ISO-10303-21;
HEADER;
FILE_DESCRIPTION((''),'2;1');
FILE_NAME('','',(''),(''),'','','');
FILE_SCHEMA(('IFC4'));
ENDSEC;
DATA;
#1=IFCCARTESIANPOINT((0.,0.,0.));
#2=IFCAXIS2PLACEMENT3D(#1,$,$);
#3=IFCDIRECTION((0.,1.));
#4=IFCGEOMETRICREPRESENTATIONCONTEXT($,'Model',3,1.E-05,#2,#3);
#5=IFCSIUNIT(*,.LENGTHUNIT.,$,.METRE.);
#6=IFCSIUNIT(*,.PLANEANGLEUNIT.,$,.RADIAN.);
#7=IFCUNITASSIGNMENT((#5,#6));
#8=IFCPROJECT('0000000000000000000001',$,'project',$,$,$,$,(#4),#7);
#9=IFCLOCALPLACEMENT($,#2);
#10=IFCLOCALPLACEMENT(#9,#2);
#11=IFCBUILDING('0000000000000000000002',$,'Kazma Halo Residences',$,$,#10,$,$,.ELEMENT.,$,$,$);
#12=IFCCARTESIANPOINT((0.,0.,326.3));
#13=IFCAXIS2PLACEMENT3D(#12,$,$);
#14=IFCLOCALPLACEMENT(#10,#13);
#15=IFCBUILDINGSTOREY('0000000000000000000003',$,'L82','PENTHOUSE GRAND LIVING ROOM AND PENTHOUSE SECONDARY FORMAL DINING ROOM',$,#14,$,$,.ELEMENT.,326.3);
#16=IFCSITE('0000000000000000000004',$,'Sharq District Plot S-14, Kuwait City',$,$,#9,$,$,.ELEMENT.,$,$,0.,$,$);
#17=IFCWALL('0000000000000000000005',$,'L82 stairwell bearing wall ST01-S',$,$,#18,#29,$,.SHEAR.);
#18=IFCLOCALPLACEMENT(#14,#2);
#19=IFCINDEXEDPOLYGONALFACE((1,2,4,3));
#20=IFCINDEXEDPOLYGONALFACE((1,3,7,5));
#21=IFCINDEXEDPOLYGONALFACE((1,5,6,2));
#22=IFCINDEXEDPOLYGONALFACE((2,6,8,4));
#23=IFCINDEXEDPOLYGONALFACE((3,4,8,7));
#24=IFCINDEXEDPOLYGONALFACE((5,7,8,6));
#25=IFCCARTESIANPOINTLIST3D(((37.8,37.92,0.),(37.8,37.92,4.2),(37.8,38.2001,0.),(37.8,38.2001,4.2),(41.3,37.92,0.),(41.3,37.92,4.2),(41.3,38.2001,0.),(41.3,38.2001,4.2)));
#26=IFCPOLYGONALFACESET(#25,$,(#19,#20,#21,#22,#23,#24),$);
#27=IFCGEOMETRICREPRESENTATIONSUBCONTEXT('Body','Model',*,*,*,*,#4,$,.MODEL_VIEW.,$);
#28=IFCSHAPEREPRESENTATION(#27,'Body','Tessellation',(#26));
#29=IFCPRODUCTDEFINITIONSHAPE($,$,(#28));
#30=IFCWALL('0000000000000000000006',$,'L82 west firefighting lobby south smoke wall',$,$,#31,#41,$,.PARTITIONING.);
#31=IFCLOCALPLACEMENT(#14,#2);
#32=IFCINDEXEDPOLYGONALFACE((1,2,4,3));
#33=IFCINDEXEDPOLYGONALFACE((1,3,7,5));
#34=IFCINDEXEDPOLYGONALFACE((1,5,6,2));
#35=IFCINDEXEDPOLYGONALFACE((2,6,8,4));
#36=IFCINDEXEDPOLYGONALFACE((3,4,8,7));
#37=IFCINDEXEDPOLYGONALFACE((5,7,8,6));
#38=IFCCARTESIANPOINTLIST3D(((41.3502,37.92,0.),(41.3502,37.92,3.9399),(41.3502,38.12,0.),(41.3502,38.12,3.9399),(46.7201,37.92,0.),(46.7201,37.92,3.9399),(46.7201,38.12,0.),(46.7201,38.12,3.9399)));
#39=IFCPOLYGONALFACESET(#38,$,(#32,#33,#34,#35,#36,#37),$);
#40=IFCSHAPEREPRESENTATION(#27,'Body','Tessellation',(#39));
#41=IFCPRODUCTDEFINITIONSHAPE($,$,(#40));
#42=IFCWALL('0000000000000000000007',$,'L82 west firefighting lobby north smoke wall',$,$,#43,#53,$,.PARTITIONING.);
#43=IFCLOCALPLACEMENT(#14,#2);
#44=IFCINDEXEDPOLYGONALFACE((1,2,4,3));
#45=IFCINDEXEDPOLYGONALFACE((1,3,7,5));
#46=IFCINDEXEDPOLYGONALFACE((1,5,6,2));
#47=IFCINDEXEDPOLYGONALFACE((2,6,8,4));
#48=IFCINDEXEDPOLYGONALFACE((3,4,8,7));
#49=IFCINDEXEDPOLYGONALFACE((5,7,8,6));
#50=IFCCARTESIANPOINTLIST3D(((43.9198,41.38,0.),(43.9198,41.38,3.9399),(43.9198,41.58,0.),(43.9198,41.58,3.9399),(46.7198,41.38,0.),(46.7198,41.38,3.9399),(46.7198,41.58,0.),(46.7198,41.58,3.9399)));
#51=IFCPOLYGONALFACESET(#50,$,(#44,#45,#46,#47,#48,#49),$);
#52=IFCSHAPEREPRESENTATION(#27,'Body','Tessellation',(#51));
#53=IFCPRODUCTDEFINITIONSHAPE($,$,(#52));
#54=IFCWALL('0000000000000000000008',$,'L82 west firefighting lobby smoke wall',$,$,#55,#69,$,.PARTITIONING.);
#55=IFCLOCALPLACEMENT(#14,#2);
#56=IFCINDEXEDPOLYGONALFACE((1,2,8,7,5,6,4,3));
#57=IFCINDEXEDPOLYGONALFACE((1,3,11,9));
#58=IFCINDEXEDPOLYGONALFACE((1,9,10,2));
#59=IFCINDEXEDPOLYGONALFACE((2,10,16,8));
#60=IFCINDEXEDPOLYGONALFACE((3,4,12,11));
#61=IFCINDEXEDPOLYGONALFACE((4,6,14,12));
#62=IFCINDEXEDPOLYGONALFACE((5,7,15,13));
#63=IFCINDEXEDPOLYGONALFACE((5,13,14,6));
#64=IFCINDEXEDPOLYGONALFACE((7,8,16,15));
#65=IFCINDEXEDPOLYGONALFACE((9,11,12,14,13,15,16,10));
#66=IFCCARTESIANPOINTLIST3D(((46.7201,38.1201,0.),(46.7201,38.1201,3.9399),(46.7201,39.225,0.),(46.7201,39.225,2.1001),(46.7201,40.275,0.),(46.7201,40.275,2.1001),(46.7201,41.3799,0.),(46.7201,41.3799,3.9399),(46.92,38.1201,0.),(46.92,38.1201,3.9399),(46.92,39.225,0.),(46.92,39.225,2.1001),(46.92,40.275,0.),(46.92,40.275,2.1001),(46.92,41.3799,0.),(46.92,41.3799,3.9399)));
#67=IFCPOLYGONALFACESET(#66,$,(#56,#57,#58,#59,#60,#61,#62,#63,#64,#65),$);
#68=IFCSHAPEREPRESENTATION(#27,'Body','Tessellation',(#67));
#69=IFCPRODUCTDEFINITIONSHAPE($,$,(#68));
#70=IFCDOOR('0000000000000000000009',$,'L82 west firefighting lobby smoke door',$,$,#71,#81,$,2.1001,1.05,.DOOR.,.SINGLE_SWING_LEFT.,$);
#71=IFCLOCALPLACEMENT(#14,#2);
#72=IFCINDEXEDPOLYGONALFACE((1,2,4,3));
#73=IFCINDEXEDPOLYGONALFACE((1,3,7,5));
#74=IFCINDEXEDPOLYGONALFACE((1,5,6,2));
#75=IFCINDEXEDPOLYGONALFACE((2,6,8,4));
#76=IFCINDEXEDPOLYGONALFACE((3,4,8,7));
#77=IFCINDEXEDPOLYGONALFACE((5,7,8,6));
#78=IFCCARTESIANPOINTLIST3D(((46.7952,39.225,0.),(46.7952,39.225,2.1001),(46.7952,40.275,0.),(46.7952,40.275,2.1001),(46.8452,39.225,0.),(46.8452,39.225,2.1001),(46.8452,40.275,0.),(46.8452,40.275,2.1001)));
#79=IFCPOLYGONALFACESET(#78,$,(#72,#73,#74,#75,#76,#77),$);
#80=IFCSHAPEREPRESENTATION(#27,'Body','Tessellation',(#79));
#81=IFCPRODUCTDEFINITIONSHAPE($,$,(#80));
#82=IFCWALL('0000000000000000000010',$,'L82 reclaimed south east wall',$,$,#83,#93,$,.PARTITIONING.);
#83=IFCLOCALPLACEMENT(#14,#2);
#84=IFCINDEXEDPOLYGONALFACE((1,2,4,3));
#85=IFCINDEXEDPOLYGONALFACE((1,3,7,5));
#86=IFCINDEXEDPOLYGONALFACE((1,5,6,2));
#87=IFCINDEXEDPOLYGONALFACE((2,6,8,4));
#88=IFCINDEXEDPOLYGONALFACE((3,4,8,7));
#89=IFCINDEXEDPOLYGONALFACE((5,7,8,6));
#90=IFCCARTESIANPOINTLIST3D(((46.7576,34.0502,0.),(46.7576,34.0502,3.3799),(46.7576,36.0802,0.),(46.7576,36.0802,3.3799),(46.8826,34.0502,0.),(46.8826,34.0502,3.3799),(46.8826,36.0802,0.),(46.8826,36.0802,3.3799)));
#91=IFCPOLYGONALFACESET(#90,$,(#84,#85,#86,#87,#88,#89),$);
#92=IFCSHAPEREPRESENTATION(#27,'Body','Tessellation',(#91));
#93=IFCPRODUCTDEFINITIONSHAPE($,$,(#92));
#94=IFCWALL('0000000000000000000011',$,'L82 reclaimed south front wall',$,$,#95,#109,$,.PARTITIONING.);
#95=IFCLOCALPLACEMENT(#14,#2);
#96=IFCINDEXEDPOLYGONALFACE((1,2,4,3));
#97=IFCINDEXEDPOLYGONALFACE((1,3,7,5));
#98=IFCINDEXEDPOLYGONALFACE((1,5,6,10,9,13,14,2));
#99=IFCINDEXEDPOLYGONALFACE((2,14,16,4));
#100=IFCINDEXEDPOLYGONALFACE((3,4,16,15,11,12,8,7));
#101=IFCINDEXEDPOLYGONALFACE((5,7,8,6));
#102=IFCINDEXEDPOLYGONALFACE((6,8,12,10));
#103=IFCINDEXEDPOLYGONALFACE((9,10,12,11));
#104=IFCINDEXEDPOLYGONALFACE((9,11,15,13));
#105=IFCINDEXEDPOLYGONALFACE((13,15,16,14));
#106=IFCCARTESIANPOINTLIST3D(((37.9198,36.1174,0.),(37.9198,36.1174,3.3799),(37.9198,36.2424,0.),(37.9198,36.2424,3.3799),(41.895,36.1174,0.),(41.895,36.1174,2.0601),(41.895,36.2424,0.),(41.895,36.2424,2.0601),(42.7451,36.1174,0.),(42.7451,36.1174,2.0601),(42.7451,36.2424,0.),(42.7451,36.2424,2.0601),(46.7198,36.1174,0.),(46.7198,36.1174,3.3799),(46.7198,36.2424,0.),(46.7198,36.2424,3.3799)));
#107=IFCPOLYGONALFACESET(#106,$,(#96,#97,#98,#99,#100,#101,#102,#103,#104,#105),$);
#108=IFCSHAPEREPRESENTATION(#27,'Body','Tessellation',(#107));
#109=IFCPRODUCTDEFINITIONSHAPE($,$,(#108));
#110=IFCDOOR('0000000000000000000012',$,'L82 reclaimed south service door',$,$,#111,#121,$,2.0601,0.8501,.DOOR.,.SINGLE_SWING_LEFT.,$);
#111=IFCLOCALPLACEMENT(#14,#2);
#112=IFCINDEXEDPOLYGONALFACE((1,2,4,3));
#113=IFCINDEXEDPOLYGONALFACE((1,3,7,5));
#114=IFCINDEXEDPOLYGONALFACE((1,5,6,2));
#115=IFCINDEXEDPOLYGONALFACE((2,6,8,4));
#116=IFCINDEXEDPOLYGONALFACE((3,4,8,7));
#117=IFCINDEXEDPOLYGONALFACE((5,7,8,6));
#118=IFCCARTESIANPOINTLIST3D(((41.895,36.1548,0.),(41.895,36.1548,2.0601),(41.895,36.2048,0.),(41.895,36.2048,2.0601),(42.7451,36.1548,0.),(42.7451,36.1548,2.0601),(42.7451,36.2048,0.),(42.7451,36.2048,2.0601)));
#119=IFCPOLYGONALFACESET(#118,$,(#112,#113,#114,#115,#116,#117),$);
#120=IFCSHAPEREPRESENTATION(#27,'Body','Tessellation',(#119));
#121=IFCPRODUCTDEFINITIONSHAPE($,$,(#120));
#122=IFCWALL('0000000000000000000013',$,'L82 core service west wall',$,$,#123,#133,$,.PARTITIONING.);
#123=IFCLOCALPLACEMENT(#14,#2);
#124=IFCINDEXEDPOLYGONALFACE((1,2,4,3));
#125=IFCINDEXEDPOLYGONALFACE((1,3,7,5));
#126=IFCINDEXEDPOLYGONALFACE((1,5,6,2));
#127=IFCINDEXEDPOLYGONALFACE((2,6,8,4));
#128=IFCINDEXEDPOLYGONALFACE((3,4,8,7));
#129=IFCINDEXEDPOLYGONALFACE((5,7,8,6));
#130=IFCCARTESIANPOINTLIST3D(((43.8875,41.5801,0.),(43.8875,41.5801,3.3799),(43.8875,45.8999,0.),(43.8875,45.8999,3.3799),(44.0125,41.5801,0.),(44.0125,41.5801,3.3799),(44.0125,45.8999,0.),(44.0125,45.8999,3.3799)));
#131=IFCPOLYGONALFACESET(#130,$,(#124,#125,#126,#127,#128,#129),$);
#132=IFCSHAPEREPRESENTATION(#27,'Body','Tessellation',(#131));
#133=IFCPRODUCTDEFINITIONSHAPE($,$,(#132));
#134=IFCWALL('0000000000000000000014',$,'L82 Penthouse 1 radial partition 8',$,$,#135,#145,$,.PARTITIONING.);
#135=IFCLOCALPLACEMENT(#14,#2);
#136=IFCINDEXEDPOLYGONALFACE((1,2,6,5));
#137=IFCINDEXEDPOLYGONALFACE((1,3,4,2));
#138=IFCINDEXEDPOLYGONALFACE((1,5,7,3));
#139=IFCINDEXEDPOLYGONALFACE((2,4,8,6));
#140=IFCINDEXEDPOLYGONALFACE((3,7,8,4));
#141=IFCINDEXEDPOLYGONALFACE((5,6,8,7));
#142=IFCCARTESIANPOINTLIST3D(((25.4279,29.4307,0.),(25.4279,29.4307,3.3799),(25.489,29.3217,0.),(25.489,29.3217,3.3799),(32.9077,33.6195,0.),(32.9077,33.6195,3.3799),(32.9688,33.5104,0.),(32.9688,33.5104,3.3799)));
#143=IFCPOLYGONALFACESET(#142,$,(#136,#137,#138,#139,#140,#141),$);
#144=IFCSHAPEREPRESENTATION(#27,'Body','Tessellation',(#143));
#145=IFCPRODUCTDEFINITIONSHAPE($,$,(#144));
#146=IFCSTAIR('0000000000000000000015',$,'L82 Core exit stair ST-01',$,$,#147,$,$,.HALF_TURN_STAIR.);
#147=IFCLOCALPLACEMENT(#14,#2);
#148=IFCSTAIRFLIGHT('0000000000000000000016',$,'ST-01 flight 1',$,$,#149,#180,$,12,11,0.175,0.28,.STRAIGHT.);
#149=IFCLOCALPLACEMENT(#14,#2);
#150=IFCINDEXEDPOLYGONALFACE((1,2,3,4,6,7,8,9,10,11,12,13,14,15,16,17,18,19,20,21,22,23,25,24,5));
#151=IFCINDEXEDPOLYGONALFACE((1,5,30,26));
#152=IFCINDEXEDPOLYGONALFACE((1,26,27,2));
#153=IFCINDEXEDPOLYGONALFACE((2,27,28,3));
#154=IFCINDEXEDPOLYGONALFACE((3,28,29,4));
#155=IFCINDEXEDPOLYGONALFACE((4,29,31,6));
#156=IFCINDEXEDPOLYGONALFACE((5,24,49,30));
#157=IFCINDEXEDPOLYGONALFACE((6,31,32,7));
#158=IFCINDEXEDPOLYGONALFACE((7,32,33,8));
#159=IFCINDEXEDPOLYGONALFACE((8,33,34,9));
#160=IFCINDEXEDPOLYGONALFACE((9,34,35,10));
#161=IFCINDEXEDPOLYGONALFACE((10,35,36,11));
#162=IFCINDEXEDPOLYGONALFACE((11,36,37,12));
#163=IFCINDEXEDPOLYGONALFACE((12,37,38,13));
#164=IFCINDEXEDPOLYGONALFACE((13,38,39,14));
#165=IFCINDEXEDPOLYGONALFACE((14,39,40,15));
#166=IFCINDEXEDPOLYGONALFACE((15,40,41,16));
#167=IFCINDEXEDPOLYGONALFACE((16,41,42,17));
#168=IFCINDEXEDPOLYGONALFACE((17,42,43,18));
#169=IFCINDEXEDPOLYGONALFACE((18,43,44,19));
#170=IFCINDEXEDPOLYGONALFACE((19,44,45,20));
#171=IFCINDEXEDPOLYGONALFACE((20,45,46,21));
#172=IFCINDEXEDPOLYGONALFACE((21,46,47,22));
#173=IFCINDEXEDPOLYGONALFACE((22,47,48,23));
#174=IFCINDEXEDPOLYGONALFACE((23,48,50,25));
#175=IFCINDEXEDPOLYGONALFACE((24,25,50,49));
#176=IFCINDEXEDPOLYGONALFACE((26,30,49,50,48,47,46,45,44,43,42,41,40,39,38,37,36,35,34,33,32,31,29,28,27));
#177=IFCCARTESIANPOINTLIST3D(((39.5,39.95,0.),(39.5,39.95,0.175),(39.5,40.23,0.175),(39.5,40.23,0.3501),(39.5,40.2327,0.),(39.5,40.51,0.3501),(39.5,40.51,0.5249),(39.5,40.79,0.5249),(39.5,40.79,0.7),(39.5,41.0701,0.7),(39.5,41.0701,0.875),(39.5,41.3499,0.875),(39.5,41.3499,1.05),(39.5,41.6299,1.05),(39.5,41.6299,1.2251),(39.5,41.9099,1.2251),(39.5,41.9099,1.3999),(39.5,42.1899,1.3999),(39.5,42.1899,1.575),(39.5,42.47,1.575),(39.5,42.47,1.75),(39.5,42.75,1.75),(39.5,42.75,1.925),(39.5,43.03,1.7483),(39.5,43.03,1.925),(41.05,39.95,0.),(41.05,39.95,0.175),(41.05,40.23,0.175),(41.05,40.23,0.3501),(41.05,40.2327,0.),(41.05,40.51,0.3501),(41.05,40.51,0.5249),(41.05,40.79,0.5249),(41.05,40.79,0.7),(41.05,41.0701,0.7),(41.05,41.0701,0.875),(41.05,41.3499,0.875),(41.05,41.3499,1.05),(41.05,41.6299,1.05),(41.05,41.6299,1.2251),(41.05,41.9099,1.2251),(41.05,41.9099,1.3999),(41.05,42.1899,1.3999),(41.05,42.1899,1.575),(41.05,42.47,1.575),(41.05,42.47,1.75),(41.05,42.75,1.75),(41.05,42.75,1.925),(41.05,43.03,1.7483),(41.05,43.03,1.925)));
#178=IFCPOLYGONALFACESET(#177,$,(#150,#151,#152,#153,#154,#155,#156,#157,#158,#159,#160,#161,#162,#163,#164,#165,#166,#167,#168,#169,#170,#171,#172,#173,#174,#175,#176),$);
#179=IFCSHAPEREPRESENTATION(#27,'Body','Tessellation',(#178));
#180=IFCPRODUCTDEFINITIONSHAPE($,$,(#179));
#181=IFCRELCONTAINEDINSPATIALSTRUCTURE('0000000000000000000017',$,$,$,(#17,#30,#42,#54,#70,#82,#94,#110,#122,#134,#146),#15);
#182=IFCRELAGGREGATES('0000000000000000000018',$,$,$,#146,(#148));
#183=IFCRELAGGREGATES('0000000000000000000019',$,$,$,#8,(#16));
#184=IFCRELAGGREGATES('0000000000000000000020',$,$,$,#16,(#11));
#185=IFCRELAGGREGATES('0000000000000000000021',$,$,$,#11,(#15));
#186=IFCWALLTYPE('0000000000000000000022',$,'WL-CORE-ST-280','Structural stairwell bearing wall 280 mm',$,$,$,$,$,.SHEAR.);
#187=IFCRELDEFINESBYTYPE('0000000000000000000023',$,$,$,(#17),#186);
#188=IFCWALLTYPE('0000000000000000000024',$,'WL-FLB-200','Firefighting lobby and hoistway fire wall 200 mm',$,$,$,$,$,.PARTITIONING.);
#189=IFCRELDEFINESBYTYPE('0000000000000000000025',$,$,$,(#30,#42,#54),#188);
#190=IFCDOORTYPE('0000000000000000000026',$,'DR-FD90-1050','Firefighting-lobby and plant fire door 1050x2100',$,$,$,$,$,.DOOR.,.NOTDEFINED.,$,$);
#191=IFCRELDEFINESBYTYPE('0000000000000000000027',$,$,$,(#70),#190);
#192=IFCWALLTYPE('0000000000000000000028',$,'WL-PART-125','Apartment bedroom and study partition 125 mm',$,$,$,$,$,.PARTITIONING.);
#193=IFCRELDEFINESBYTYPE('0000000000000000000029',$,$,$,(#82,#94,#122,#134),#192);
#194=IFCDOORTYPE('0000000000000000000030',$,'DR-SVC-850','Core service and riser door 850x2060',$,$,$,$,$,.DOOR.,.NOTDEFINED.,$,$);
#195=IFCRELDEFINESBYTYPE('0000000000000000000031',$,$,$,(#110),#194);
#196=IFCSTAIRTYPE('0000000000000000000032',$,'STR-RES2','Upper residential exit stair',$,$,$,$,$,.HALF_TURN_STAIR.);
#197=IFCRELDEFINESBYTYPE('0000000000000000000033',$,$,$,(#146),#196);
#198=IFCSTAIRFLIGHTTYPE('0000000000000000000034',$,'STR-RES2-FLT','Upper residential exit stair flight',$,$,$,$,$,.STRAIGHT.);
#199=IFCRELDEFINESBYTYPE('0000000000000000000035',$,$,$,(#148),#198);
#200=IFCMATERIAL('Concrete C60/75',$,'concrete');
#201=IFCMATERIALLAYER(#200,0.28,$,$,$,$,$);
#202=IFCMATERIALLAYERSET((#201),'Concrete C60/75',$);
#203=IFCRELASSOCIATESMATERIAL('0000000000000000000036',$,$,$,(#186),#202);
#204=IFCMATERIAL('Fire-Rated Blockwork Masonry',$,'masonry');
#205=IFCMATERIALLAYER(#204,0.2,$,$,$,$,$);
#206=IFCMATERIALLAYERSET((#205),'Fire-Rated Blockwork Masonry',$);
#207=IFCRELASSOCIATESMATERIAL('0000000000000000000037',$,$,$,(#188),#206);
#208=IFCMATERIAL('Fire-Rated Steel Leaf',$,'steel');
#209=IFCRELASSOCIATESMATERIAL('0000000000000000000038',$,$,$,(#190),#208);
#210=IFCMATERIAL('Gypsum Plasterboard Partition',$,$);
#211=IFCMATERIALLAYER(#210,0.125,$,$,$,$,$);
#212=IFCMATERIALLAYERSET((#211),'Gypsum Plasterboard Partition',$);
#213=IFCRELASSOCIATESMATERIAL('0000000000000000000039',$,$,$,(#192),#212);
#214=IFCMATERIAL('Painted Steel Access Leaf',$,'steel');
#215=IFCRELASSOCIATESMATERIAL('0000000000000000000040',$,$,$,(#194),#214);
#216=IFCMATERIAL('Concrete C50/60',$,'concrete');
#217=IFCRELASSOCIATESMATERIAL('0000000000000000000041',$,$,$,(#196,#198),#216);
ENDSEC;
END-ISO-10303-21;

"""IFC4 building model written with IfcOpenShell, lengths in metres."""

from ifc_helpers import new_model, si_unit, direction, frame, frame_2d, origin, place, context, subcontext, project, spatial, polyline, rectangle, outline, extrude, material, layer, layer_set, type_object, element, fill, aggregate, save


model = new_model("IFC4")

# Units and contexts
model_context = context("Model", 3, precision=1e-05, world=origin(), true_north=direction((0.0, 1.0)))
body_context = subcontext(model_context, "Body", "Model", "MODEL_VIEW")
ifc_project = project(units=[si_unit("LENGTHUNIT", "METRE"), si_unit("PLANEANGLEUNIT", "RADIAN")], contexts=[model_context])

# Site, building, storey
site_placement = place(None, origin())
site = spatial("IfcSite", under=ifc_project, at=site_placement, Name="Sharq District Plot S-14, Kuwait City", CompositionType="ELEMENT", RefElevation=0.0)
building_placement = place(site_placement, origin())
building = spatial("IfcBuilding", under=site, at=building_placement, Name="Kazma Halo Residences", CompositionType="ELEMENT")
storey_placement = place(building_placement, frame((0.0, 0.0, 326.3)))
storey = spatial("IfcBuildingStorey", under=building, at=storey_placement, Name="L82", Description="PENTHOUSE GRAND LIVING ROOM AND PENTHOUSE SECONDARY FORMAL DINING ROOM", CompositionType="ELEMENT", Elevation=326.3)

# Walls
ifc_material_1 = material(Name="Concrete C60/75", Category="concrete")
ifc_layer_1 = layer(ifc_material_1, 0.28)
ifc_layer_set_1 = layer_set([ifc_layer_1], Name="Concrete C60/75")
wall_type_1 = type_object("IfcWallType", Name="WL-CORE-ST-280", Description="Structural stairwell bearing wall 280 mm", PredefinedType="SHEAR", material=ifc_layer_set_1)
wall_1_placement = place(storey_placement, frame((37.8, 38.0601, 0.0), z_axis=(0.0, 0.0, 1.0), x_axis=(1.0, 0.0, 0.0)))
element("IfcWall", 1, at=wall_1_placement, inside=storey, type_object=wall_type_1, Name="L82 stairwell bearing wall ST01-S", PredefinedType="SHEAR", context=body_context, shape_type="SweptSolid", body=[
    extrude(rectangle(XDim=3.5, YDim=0.28, at=frame_2d((1.75, 0.0))), origin(), (0.0, 0.0, 1.0), 4.2),
])
ifc_material_2 = material(Name="Fire-Rated Blockwork Masonry", Category="masonry")
ifc_layer_2 = layer(ifc_material_2, 0.2)
ifc_layer_set_2 = layer_set([ifc_layer_2], Name="Fire-Rated Blockwork Masonry")
wall_type_2 = type_object("IfcWallType", Name="WL-FLB-200", Description="Firefighting lobby and hoistway fire wall 200 mm", PredefinedType="PARTITIONING", material=ifc_layer_set_2)
wall_2_placement = place(storey_placement, frame((41.3501, 38.02, 0.0), z_axis=(0.0, 0.0, 1.0), x_axis=(1.0, 0.0, 0.0)))
element("IfcWall", 2, at=wall_2_placement, inside=storey, type_object=wall_type_2, Name="L82 west firefighting lobby south smoke wall", PredefinedType="PARTITIONING", context=body_context, shape_type="SweptSolid", body=[
    extrude(rectangle(XDim=5.3699, YDim=0.2, at=frame_2d((2.6851, 0.0))), origin(), (0.0, 0.0, 1.0), 3.9399),
])
wall_3_placement = place(storey_placement, frame((43.9199, 41.48, 0.0), z_axis=(0.0, 0.0, 1.0), x_axis=(1.0, 0.0, 0.0)))
element("IfcWall", 3, at=wall_3_placement, inside=storey, type_object=wall_type_2, Name="L82 west firefighting lobby north smoke wall", PredefinedType="PARTITIONING", context=body_context, shape_type="SweptSolid", body=[
    extrude(rectangle(XDim=2.8, YDim=0.2, at=frame_2d((1.3999, 0.0))), origin(), (0.0, 0.0, 1.0), 3.9399),
])

# Wall, opening, door
wall_4_placement = place(storey_placement, frame((46.8201, 38.1201, 0.0), z_axis=(0.0, 0.0, 1.0), x_axis=(0.0, 1.0, 0.0)))
wall_4 = element("IfcWall", 4, at=wall_4_placement, inside=storey, type_object=wall_type_2, Name="L82 west firefighting lobby smoke wall", PredefinedType="PARTITIONING", context=body_context, shape_type="SweptSolid", body=[
    extrude(rectangle(XDim=3.2598, YDim=0.2, at=frame_2d((1.6299, 0.0))), origin(), (0.0, 0.0, 1.0), 3.9399),
])
opening_1_placement = place(wall_4_placement, frame((1.105, 0.0, 0.0)))
opening_1 = element("IfcOpeningElement", 5, at=opening_1_placement, cuts=wall_4, PredefinedType="OPENING", context=body_context, shape_type="SweptSolid", body=[
    extrude(rectangle(XDim=1.05, YDim=2.1001, at=frame_2d((0.5249, 1.05))), frame((0.0, 0.1099, 0.0), z_axis=(0.0, -1.0, 0.0), x_axis=(1.0, 0.0, 0.0)), (0.0, 0.0, 1.0), 0.22),
])
ifc_material_3 = material(Name="Fire-Rated Steel Leaf", Category="steel")
door_type_1 = type_object("IfcDoorType", Name="DR-FD90-1050", Description="Firefighting-lobby and plant fire door 1050x2100", OperationType="NOTDEFINED", PredefinedType="DOOR", material=ifc_material_3)
door_1_placement = place(opening_1_placement, origin())
door_1 = element("IfcDoor", 6, at=door_1_placement, inside=storey, type_object=door_type_1, Name="L82 west firefighting lobby smoke door", OperationType="SINGLE_SWING_LEFT", OverallHeight=2.1001, OverallWidth=1.05, PredefinedType="DOOR", context=body_context, shape_type="SweptSolid", body=[
    extrude(rectangle(XDim=1.05, YDim=2.1001, at=frame_2d((0.5249, 1.05))), frame((0.0, 0.0249, 0.0), z_axis=(0.0, -1.0, 0.0), x_axis=(1.0, 0.0, 0.0)), (0.0, 0.0, 1.0), 0.05),
])
fill(opening_1, door_1)

# Wall
ifc_material_4 = material(Name="Gypsum Plasterboard Partition")
ifc_layer_3 = layer(ifc_material_4, 0.125)
ifc_layer_set_3 = layer_set([ifc_layer_3], Name="Gypsum Plasterboard Partition")
wall_type_3 = type_object("IfcWallType", Name="WL-PART-125", Description="Apartment bedroom and study partition 125 mm", PredefinedType="PARTITIONING", material=ifc_layer_set_3)
wall_5_placement = place(storey_placement, frame((46.8201, 34.05, 0.0), z_axis=(0.0, 0.0, 1.0), x_axis=(0.0, 1.0, 0.0)))
element("IfcWall", 7, at=wall_5_placement, inside=storey, type_object=wall_type_3, Name="L82 reclaimed south east wall", PredefinedType="PARTITIONING", context=body_context, shape_type="SweptSolid", body=[
    extrude(rectangle(XDim=2.03, YDim=0.125, at=frame_2d((1.0151, 0.0))), origin(), (0.0, 0.0, 1.0), 3.3799),
])

# Wall, opening, door
wall_6_placement = place(storey_placement, frame((37.9199, 36.1799, 0.0), z_axis=(0.0, 0.0, 1.0), x_axis=(1.0, 0.0, 0.0)))
wall_6 = element("IfcWall", 8, at=wall_6_placement, inside=storey, type_object=wall_type_3, Name="L82 reclaimed south front wall", PredefinedType="PARTITIONING", context=body_context, shape_type="SweptSolid", body=[
    extrude(rectangle(XDim=8.8, YDim=0.125, at=frame_2d((4.3999, 0.0))), origin(), (0.0, 0.0, 1.0), 3.3799),
])
opening_2_placement = place(wall_6_placement, frame((3.9751, 0.0, 0.0)))
opening_2 = element("IfcOpeningElement", 9, at=opening_2_placement, cuts=wall_6, PredefinedType="OPENING", context=body_context, shape_type="SweptSolid", body=[
    extrude(rectangle(XDim=0.8501, YDim=2.0601, at=frame_2d((0.425, 1.03))), frame((0.0, 0.0725, 0.0), z_axis=(0.0, -1.0, 0.0), x_axis=(1.0, 0.0, 0.0)), (0.0, 0.0, 1.0), 0.145),
])
ifc_material_5 = material(Name="Painted Steel Access Leaf", Category="steel")
door_type_2 = type_object("IfcDoorType", Name="DR-SVC-850", Description="Core service and riser door 850x2060", OperationType="NOTDEFINED", PredefinedType="DOOR", material=ifc_material_5)
door_2_placement = place(opening_2_placement, origin())
door_2 = element("IfcDoor", 10, at=door_2_placement, inside=storey, type_object=door_type_2, Name="L82 reclaimed south service door", OperationType="SINGLE_SWING_LEFT", OverallHeight=2.0601, OverallWidth=0.8501, PredefinedType="DOOR", context=body_context, shape_type="SweptSolid", body=[
    extrude(rectangle(XDim=0.8501, YDim=2.0601, at=frame_2d((0.425, 1.03))), frame((0.0, 0.0249, 0.0), z_axis=(0.0, -1.0, 0.0), x_axis=(1.0, 0.0, 0.0)), (0.0, 0.0, 1.0), 0.05),
])
fill(opening_2, door_2)

# Walls
wall_7_placement = place(storey_placement, frame((43.95, 41.5801, 0.0), z_axis=(0.0, 0.0, 1.0), x_axis=(0.0, 1.0, 0.0)))
element("IfcWall", 11, at=wall_7_placement, inside=storey, type_object=wall_type_3, Name="L82 core service west wall", PredefinedType="PARTITIONING", context=body_context, shape_type="SweptSolid", body=[
    extrude(rectangle(XDim=4.3198, YDim=0.125, at=frame_2d((2.1599, 0.0))), origin(), (0.0, 0.0, 1.0), 3.3799),
])
wall_8_placement = place(storey_placement, frame((32.9382, 33.5649, 0.0), z_axis=(0.0, 0.0, 1.0), x_axis=(-0.872503, -0.488609, 0.0)))
element("IfcWall", 12, at=wall_8_placement, inside=storey, type_object=wall_type_3, Name="L82 Penthouse 1 radial partition 8", PredefinedType="PARTITIONING", context=body_context, shape_type="SweptSolid", body=[
    extrude(rectangle(XDim=8.5728, YDim=0.125, at=frame_2d((4.2864, 0.0))), origin(), (0.0, 0.0, 1.0), 3.3799),
])

# Shared definitions
ifc_material_6 = material(Name="Concrete C50/60", Category="concrete")

# Stair, stair flight
stair_type = type_object("IfcStairType", Name="STR-RES2", Description="Upper residential exit stair", PredefinedType="HALF_TURN_STAIR", material=ifc_material_6)
stair_placement = place(storey_placement, origin())
stair = element("IfcStair", 13, at=stair_placement, inside=storey, type_object=stair_type, Name="L82 Core exit stair ST-01", PredefinedType="HALF_TURN_STAIR")
stair_flight_type = type_object("IfcStairFlightType", Name="STR-RES2-FLT", Description="Upper residential exit stair flight", PredefinedType="STRAIGHT", material=ifc_material_6)
stair_flight_placement = place(storey_placement, frame((40.2749, 39.95, 0.0), z_axis=(0.0, 0.0, 1.0), x_axis=(0.0, 1.0, 0.0)))
stair_flight = element("IfcStairFlight", 14, at=stair_flight_placement, type_object=stair_flight_type, Name="ST-01 flight 1", NumberOfRisers=12, NumberOfTreads=11, PredefinedType="STRAIGHT", RiserHeight=0.175, TreadLength=0.28, context=body_context, shape_type="SweptSolid", body=[
    extrude(outline(polyline([(0.0, 0.0), (0.0, 0.175), (0.28, 0.175), (0.28, 0.3501), (0.5601, 0.3501), (0.5601, 0.5249), (0.8401, 0.5249), (0.8401, 0.7), (1.1201, 0.7), (1.1201, 0.875), (1.3999, 0.875), (1.3999, 1.05), (1.6799, 1.05), (1.6799, 1.2251), (1.96, 1.2251), (1.96, 1.3999), (2.24, 1.3999), (2.24, 1.575), (2.52, 1.575), (2.52, 1.75), (2.8, 1.75), (2.8, 1.925), (3.0801, 1.925), (3.0801, 2.1001), (3.0801, 1.7483), (0.2827, 0.0), (0.0, 0.0)])), frame((0.0, 0.7749, 0.0), z_axis=(0.0, -1.0, 0.0), x_axis=(1.0, 0.0, 0.0)), (0.0, 0.0, 1.0), 1.55),
])
aggregate(stair, [stair_flight])

save(model, "model.ifc")
